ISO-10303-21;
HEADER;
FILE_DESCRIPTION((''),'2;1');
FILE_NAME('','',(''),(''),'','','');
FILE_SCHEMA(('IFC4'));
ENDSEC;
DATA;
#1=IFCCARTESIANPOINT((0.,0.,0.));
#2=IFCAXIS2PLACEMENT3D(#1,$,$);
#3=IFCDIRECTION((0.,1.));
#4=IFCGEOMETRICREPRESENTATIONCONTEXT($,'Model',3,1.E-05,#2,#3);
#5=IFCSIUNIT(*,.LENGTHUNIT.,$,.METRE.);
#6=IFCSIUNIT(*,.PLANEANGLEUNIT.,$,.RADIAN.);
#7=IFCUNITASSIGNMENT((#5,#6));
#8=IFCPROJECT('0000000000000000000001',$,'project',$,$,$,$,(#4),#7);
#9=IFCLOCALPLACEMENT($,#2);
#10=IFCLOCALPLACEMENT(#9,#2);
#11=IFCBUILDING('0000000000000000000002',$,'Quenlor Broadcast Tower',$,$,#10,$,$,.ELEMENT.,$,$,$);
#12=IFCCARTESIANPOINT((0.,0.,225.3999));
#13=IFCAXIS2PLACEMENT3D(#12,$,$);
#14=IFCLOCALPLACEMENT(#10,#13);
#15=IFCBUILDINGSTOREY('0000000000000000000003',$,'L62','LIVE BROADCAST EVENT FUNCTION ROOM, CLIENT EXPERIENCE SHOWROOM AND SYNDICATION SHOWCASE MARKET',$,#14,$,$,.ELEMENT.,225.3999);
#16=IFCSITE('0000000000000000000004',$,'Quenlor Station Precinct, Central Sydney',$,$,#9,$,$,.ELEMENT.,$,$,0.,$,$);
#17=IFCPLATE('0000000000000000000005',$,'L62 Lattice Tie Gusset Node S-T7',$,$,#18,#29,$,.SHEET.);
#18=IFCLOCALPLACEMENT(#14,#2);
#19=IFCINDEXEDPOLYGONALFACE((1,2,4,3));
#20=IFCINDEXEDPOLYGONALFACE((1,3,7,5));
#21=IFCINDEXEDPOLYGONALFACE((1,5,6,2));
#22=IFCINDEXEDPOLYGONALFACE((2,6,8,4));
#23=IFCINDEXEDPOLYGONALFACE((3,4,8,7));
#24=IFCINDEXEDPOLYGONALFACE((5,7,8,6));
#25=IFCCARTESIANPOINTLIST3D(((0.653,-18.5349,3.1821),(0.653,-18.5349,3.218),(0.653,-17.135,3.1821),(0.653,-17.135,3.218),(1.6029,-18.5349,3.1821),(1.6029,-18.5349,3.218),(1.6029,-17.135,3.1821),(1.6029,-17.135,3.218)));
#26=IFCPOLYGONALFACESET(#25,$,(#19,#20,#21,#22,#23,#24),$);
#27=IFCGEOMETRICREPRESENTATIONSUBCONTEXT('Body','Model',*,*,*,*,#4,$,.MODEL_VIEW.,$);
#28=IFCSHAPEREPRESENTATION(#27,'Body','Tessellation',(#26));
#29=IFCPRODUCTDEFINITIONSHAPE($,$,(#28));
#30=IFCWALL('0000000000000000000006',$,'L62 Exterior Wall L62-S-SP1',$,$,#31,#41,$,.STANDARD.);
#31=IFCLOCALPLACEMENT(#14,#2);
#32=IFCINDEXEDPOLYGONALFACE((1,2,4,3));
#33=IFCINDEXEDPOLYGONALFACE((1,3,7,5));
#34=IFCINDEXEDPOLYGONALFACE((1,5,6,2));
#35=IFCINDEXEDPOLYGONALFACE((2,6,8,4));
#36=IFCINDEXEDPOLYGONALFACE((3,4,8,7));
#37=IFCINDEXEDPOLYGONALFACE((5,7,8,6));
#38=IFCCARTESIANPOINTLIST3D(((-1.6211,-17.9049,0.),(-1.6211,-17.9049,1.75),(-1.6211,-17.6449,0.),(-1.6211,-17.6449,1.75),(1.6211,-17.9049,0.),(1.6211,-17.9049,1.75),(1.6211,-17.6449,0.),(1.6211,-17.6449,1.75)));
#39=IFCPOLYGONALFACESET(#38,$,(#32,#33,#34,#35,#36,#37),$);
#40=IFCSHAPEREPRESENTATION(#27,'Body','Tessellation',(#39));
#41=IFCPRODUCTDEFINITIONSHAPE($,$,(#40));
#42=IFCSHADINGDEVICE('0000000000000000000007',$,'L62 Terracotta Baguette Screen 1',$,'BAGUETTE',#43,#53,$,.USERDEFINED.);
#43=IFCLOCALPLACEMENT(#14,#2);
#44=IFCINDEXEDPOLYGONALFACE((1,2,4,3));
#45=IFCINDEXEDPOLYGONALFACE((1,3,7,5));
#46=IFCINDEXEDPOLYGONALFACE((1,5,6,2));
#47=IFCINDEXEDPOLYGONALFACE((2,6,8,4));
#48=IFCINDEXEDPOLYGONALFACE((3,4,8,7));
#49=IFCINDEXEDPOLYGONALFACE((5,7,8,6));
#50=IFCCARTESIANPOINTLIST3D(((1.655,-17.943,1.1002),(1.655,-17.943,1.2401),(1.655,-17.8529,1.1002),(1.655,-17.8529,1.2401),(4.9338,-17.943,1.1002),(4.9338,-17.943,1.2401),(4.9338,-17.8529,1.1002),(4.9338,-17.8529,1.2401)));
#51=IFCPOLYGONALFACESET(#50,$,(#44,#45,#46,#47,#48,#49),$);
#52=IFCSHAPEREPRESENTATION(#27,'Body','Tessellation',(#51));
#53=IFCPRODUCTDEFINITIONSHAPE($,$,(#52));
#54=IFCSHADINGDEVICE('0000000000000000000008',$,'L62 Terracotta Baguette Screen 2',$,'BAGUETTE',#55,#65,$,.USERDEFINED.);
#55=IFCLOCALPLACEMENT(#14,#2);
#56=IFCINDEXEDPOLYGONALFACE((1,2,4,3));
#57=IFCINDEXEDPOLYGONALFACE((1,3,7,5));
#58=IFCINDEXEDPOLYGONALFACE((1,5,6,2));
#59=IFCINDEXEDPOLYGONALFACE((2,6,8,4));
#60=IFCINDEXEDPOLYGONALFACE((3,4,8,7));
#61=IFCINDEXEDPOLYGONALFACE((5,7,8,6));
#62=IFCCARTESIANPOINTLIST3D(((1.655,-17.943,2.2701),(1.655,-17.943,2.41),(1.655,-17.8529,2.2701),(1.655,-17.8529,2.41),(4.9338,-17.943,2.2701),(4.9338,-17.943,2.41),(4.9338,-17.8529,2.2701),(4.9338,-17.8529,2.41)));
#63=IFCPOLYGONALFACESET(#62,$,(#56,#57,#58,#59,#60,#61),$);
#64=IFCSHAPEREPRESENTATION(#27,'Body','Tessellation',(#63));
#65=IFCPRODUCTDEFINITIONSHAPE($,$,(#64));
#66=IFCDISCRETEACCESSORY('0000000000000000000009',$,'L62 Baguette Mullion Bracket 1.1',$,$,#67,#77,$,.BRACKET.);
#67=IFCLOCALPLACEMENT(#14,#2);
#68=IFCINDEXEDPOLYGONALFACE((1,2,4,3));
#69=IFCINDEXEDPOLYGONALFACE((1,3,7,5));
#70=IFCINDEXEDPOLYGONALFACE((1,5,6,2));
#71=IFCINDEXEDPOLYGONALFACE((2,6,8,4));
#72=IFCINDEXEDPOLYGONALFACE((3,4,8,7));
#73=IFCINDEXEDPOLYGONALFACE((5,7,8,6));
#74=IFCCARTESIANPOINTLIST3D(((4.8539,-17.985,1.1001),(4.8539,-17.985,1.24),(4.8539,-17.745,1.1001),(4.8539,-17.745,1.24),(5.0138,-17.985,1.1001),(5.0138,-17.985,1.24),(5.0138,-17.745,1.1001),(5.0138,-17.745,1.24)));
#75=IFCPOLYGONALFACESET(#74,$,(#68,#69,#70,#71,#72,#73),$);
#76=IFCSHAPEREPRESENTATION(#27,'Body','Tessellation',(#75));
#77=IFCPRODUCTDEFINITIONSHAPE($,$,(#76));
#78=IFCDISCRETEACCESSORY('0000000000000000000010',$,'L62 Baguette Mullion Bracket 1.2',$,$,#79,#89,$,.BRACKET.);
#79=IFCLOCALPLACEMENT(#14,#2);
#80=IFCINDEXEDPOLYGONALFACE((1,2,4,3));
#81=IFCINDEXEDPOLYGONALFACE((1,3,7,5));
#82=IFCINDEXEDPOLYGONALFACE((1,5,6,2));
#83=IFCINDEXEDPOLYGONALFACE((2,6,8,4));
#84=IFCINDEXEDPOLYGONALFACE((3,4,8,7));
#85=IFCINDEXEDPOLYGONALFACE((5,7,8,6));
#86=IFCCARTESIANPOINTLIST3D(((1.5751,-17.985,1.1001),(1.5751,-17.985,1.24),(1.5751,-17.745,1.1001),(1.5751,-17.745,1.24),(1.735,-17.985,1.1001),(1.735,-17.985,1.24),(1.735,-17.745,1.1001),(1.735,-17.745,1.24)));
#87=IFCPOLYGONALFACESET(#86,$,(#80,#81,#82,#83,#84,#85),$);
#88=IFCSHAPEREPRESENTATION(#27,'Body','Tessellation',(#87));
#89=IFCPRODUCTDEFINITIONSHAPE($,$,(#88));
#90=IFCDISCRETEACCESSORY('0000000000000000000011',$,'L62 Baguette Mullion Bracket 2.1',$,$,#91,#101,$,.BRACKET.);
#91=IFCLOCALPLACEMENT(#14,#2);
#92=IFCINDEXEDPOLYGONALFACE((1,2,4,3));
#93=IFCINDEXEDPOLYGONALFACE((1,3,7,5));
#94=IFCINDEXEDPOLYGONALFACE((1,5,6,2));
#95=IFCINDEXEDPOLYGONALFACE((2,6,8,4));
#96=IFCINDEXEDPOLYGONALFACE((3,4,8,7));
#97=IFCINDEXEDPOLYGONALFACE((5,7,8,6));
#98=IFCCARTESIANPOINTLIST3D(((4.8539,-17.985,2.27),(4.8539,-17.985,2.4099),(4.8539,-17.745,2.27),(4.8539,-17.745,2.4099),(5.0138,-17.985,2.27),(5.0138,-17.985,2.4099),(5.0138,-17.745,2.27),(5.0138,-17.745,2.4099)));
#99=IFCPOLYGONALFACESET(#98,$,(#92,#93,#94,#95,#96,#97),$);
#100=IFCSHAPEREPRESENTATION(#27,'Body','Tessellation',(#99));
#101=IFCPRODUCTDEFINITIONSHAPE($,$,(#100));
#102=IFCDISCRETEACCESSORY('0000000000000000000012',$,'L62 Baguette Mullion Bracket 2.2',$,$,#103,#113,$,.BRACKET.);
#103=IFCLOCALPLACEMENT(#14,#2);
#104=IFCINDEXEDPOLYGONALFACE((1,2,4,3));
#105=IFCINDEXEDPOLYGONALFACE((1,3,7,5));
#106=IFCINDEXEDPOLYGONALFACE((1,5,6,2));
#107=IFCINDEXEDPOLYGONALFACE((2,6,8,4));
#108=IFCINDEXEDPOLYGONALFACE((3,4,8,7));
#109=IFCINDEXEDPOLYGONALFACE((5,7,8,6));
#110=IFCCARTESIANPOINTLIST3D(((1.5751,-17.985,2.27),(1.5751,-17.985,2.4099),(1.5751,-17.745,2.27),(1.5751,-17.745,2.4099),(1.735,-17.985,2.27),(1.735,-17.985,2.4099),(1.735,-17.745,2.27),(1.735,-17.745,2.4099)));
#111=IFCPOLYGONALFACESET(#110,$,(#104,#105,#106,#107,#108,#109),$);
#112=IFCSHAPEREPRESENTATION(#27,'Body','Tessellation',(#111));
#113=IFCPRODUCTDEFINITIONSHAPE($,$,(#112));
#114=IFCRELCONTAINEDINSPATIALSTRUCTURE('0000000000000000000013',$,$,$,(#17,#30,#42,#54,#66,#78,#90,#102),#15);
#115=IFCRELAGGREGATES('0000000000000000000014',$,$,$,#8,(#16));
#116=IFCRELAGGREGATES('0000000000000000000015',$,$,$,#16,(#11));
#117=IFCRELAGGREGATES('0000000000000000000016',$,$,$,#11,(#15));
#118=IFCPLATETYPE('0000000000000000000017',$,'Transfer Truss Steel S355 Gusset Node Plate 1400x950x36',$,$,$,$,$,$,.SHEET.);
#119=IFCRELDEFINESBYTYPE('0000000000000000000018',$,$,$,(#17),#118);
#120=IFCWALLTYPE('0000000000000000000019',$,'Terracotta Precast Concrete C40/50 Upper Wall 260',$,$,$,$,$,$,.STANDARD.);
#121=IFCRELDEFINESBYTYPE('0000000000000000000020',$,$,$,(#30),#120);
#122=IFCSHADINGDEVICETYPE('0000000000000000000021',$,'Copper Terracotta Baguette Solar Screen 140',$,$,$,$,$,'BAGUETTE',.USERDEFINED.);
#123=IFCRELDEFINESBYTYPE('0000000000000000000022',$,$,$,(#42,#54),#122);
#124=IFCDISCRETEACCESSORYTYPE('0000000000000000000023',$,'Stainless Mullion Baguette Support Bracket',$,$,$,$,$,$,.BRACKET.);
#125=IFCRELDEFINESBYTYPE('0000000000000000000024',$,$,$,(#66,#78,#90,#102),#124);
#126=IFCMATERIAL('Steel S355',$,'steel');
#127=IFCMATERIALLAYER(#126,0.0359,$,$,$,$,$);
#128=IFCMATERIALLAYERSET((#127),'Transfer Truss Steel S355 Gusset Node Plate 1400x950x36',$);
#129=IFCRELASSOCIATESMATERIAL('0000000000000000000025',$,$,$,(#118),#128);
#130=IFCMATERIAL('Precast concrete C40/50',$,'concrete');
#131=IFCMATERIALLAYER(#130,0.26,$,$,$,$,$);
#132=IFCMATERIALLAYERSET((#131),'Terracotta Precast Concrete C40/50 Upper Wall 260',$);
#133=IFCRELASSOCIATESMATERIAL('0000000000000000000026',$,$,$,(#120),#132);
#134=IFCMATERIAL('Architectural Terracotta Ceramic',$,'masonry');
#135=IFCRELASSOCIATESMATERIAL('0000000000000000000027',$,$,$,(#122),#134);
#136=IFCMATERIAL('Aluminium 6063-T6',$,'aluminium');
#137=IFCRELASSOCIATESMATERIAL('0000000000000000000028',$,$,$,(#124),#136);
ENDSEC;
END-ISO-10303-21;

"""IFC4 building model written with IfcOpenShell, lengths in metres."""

from ifc_helpers import new_model, si_unit, direction, frame, frame_2d, origin, origin_2d, place, context, subcontext, project, spatial, rectangle, extrude, material, layer, layer_set, material_profile, profile_set, type_object, element, save


model = new_model("IFC4")

# Units and contexts
model_context = context("Model", 3, precision=1e-05, world=origin(), true_north=direction((0.0, 1.0)))
body_context = subcontext(model_context, "Body", "Model", "MODEL_VIEW")
ifc_project = project(units=[si_unit("LENGTHUNIT", "METRE"), si_unit("PLANEANGLEUNIT", "RADIAN")], contexts=[model_context])

# Site, building, storey
site_placement = place(None, origin())
site = spatial("IfcSite", under=ifc_project, at=site_placement, Name="Quenlor Station Precinct, Central Sydney", CompositionType="ELEMENT", RefElevation=0.0)
building_placement = place(site_placement, origin())
building = spatial("IfcBuilding", under=site, at=building_placement, Name="Quenlor Broadcast Tower", CompositionType="ELEMENT")
storey_placement = place(building_placement, frame((0.0, 0.0, 225.3999)))
storey = spatial("IfcBuildingStorey", under=building, at=storey_placement, Name="L62", Description="LIVE BROADCAST EVENT FUNCTION ROOM, CLIENT EXPERIENCE SHOWROOM AND SYNDICATION SHOWCASE MARKET", CompositionType="ELEMENT", Elevation=225.3999)

# Plate
ifc_material_1 = material(Name="Steel S355", Category="steel")
ifc_layer_1 = layer(ifc_material_1, 0.0359)
ifc_layer_set_1 = layer_set([ifc_layer_1], Name="Transfer Truss Steel S355 Gusset Node Plate 1400x950x36")
plate_type_1 = type_object("IfcPlateType", Name="Transfer Truss Steel S355 Gusset Node Plate 1400x950x36", PredefinedType="SHEET", material=ifc_layer_set_1)
for number, where, z_axis, x_axis, name in (
    (1, (1.1279, -17.835, 3.1821), (0.0, 0.0, 1.0), (0.0, -1.0, 0.0), "L62 Lattice Tie Gusset Node S-T7"),
):
    element("IfcPlate", number, at=place(storey_placement, frame(where, z_axis=z_axis, x_axis=x_axis)), inside=storey, type_object=plate_type_1, Name=name, PredefinedType="SHEET", context=body_context, shape_type="SweptSolid", body=[
        extrude(rectangle(XDim=1.3999, YDim=0.95, at=origin_2d()), origin(), (0.0, 0.0, 1.0), 0.0359),
    ])

# Wall
ifc_material_2 = material(Name="Precast concrete C40/50", Category="concrete")
ifc_layer_2 = layer(ifc_material_2, 0.26)
ifc_layer_set_2 = layer_set([ifc_layer_2], Name="Terracotta Precast Concrete C40/50 Upper Wall 260")
wall_type = type_object("IfcWallType", Name="Terracotta Precast Concrete C40/50 Upper Wall 260", PredefinedType="STANDARD", material=ifc_layer_set_2)
wall_placement = place(storey_placement, frame((1.6211, -17.7749, 0.0), z_axis=(0.0, 0.0, 1.0), x_axis=(-1.0, 0.0, 0.0)))
element("IfcWall", 2, at=wall_placement, inside=storey, type_object=wall_type, Name="L62 Exterior Wall L62-S-SP1", PredefinedType="STANDARD", context=body_context, shape_type="SweptSolid", body=[
    extrude(rectangle(XDim=3.2422, YDim=0.26, at=frame_2d((1.6211, 0.0))), origin(), (0.0, 0.0, 1.0), 1.75),
])

# Shading devices
ifc_material_3 = material(Name="Architectural Terracotta Ceramic", Category="masonry")
ifc_material_profile_1 = material_profile(ifc_material_3, rectangle(XDim=0.0901, YDim=0.1399, at=origin_2d()))
ifc_profile_set_1 = profile_set([ifc_material_profile_1], Name="Architectural Terracotta Ceramic BAG90x140")
shading_device_type = type_object("IfcShadingDeviceType", Name="Copper Terracotta Baguette Solar Screen 140", ElementType="BAGUETTE", PredefinedType="USERDEFINED", material=ifc_profile_set_1)
for number, where, z_axis, x_axis, name in (
    (3, (4.9338, -17.8979, 1.1702), (-1.0, 0.0, 0.0), (0.0, -1.0, 0.0), "L62 Terracotta Baguette Screen 1"),
    (4, (4.9338, -17.8979, 2.3401), (-1.0, 0.0, 0.0), (0.0, -1.0, 0.0), "L62 Terracotta Baguette Screen 2"),
):
    element("IfcShadingDevice", number, at=place(storey_placement, frame(where, z_axis=z_axis, x_axis=x_axis)), inside=storey, type_object=shading_device_type, Name=name, ObjectType="BAGUETTE", PredefinedType="USERDEFINED", context=body_context, shape_type="SweptSolid", body=[
        extrude(rectangle(XDim=0.0901, YDim=0.1399, at=origin_2d()), origin(), (0.0, 0.0, 1.0), 3.2788),
    ])

# Discrete accessories
ifc_material_4 = material(Name="Aluminium 6063-T6", Category="aluminium")
discrete_accessory_type = type_object("IfcDiscreteAccessoryType", Name="Stainless Mullion Baguette Support Bracket", PredefinedType="BRACKET", material=ifc_material_4)
for number, where, z_axis, x_axis, name in (
    (5, (4.9338, -17.865, 1.1001), (0.0, 0.0, 1.0), (-1.0, 0.0, 0.0), "L62 Baguette Mullion Bracket 1.1"),
    (6, (1.655, -17.865, 1.1001), (0.0, 0.0, 1.0), (-1.0, 0.0, 0.0), "L62 Baguette Mullion Bracket 1.2"),
    (7, (4.9338, -17.865, 2.27), (0.0, 0.0, 1.0), (-1.0, 0.0, 0.0), "L62 Baguette Mullion Bracket 2.1"),
    (8, (1.655, -17.865, 2.27), (0.0, 0.0, 1.0), (-1.0, 0.0, 0.0), "L62 Baguette Mullion Bracket 2.2"),
):
    element("IfcDiscreteAccessory", number, at=place(storey_placement, frame(where, z_axis=z_axis, x_axis=x_axis)), inside=storey, type_object=discrete_accessory_type, Name=name, PredefinedType="BRACKET", context=body_context, shape_type="SweptSolid", body=[
        extrude(rectangle(XDim=0.1599, YDim=0.24, at=origin_2d()), origin(), (0.0, 0.0, 1.0), 0.1399),
    ])

save(model, "model.ifc")
